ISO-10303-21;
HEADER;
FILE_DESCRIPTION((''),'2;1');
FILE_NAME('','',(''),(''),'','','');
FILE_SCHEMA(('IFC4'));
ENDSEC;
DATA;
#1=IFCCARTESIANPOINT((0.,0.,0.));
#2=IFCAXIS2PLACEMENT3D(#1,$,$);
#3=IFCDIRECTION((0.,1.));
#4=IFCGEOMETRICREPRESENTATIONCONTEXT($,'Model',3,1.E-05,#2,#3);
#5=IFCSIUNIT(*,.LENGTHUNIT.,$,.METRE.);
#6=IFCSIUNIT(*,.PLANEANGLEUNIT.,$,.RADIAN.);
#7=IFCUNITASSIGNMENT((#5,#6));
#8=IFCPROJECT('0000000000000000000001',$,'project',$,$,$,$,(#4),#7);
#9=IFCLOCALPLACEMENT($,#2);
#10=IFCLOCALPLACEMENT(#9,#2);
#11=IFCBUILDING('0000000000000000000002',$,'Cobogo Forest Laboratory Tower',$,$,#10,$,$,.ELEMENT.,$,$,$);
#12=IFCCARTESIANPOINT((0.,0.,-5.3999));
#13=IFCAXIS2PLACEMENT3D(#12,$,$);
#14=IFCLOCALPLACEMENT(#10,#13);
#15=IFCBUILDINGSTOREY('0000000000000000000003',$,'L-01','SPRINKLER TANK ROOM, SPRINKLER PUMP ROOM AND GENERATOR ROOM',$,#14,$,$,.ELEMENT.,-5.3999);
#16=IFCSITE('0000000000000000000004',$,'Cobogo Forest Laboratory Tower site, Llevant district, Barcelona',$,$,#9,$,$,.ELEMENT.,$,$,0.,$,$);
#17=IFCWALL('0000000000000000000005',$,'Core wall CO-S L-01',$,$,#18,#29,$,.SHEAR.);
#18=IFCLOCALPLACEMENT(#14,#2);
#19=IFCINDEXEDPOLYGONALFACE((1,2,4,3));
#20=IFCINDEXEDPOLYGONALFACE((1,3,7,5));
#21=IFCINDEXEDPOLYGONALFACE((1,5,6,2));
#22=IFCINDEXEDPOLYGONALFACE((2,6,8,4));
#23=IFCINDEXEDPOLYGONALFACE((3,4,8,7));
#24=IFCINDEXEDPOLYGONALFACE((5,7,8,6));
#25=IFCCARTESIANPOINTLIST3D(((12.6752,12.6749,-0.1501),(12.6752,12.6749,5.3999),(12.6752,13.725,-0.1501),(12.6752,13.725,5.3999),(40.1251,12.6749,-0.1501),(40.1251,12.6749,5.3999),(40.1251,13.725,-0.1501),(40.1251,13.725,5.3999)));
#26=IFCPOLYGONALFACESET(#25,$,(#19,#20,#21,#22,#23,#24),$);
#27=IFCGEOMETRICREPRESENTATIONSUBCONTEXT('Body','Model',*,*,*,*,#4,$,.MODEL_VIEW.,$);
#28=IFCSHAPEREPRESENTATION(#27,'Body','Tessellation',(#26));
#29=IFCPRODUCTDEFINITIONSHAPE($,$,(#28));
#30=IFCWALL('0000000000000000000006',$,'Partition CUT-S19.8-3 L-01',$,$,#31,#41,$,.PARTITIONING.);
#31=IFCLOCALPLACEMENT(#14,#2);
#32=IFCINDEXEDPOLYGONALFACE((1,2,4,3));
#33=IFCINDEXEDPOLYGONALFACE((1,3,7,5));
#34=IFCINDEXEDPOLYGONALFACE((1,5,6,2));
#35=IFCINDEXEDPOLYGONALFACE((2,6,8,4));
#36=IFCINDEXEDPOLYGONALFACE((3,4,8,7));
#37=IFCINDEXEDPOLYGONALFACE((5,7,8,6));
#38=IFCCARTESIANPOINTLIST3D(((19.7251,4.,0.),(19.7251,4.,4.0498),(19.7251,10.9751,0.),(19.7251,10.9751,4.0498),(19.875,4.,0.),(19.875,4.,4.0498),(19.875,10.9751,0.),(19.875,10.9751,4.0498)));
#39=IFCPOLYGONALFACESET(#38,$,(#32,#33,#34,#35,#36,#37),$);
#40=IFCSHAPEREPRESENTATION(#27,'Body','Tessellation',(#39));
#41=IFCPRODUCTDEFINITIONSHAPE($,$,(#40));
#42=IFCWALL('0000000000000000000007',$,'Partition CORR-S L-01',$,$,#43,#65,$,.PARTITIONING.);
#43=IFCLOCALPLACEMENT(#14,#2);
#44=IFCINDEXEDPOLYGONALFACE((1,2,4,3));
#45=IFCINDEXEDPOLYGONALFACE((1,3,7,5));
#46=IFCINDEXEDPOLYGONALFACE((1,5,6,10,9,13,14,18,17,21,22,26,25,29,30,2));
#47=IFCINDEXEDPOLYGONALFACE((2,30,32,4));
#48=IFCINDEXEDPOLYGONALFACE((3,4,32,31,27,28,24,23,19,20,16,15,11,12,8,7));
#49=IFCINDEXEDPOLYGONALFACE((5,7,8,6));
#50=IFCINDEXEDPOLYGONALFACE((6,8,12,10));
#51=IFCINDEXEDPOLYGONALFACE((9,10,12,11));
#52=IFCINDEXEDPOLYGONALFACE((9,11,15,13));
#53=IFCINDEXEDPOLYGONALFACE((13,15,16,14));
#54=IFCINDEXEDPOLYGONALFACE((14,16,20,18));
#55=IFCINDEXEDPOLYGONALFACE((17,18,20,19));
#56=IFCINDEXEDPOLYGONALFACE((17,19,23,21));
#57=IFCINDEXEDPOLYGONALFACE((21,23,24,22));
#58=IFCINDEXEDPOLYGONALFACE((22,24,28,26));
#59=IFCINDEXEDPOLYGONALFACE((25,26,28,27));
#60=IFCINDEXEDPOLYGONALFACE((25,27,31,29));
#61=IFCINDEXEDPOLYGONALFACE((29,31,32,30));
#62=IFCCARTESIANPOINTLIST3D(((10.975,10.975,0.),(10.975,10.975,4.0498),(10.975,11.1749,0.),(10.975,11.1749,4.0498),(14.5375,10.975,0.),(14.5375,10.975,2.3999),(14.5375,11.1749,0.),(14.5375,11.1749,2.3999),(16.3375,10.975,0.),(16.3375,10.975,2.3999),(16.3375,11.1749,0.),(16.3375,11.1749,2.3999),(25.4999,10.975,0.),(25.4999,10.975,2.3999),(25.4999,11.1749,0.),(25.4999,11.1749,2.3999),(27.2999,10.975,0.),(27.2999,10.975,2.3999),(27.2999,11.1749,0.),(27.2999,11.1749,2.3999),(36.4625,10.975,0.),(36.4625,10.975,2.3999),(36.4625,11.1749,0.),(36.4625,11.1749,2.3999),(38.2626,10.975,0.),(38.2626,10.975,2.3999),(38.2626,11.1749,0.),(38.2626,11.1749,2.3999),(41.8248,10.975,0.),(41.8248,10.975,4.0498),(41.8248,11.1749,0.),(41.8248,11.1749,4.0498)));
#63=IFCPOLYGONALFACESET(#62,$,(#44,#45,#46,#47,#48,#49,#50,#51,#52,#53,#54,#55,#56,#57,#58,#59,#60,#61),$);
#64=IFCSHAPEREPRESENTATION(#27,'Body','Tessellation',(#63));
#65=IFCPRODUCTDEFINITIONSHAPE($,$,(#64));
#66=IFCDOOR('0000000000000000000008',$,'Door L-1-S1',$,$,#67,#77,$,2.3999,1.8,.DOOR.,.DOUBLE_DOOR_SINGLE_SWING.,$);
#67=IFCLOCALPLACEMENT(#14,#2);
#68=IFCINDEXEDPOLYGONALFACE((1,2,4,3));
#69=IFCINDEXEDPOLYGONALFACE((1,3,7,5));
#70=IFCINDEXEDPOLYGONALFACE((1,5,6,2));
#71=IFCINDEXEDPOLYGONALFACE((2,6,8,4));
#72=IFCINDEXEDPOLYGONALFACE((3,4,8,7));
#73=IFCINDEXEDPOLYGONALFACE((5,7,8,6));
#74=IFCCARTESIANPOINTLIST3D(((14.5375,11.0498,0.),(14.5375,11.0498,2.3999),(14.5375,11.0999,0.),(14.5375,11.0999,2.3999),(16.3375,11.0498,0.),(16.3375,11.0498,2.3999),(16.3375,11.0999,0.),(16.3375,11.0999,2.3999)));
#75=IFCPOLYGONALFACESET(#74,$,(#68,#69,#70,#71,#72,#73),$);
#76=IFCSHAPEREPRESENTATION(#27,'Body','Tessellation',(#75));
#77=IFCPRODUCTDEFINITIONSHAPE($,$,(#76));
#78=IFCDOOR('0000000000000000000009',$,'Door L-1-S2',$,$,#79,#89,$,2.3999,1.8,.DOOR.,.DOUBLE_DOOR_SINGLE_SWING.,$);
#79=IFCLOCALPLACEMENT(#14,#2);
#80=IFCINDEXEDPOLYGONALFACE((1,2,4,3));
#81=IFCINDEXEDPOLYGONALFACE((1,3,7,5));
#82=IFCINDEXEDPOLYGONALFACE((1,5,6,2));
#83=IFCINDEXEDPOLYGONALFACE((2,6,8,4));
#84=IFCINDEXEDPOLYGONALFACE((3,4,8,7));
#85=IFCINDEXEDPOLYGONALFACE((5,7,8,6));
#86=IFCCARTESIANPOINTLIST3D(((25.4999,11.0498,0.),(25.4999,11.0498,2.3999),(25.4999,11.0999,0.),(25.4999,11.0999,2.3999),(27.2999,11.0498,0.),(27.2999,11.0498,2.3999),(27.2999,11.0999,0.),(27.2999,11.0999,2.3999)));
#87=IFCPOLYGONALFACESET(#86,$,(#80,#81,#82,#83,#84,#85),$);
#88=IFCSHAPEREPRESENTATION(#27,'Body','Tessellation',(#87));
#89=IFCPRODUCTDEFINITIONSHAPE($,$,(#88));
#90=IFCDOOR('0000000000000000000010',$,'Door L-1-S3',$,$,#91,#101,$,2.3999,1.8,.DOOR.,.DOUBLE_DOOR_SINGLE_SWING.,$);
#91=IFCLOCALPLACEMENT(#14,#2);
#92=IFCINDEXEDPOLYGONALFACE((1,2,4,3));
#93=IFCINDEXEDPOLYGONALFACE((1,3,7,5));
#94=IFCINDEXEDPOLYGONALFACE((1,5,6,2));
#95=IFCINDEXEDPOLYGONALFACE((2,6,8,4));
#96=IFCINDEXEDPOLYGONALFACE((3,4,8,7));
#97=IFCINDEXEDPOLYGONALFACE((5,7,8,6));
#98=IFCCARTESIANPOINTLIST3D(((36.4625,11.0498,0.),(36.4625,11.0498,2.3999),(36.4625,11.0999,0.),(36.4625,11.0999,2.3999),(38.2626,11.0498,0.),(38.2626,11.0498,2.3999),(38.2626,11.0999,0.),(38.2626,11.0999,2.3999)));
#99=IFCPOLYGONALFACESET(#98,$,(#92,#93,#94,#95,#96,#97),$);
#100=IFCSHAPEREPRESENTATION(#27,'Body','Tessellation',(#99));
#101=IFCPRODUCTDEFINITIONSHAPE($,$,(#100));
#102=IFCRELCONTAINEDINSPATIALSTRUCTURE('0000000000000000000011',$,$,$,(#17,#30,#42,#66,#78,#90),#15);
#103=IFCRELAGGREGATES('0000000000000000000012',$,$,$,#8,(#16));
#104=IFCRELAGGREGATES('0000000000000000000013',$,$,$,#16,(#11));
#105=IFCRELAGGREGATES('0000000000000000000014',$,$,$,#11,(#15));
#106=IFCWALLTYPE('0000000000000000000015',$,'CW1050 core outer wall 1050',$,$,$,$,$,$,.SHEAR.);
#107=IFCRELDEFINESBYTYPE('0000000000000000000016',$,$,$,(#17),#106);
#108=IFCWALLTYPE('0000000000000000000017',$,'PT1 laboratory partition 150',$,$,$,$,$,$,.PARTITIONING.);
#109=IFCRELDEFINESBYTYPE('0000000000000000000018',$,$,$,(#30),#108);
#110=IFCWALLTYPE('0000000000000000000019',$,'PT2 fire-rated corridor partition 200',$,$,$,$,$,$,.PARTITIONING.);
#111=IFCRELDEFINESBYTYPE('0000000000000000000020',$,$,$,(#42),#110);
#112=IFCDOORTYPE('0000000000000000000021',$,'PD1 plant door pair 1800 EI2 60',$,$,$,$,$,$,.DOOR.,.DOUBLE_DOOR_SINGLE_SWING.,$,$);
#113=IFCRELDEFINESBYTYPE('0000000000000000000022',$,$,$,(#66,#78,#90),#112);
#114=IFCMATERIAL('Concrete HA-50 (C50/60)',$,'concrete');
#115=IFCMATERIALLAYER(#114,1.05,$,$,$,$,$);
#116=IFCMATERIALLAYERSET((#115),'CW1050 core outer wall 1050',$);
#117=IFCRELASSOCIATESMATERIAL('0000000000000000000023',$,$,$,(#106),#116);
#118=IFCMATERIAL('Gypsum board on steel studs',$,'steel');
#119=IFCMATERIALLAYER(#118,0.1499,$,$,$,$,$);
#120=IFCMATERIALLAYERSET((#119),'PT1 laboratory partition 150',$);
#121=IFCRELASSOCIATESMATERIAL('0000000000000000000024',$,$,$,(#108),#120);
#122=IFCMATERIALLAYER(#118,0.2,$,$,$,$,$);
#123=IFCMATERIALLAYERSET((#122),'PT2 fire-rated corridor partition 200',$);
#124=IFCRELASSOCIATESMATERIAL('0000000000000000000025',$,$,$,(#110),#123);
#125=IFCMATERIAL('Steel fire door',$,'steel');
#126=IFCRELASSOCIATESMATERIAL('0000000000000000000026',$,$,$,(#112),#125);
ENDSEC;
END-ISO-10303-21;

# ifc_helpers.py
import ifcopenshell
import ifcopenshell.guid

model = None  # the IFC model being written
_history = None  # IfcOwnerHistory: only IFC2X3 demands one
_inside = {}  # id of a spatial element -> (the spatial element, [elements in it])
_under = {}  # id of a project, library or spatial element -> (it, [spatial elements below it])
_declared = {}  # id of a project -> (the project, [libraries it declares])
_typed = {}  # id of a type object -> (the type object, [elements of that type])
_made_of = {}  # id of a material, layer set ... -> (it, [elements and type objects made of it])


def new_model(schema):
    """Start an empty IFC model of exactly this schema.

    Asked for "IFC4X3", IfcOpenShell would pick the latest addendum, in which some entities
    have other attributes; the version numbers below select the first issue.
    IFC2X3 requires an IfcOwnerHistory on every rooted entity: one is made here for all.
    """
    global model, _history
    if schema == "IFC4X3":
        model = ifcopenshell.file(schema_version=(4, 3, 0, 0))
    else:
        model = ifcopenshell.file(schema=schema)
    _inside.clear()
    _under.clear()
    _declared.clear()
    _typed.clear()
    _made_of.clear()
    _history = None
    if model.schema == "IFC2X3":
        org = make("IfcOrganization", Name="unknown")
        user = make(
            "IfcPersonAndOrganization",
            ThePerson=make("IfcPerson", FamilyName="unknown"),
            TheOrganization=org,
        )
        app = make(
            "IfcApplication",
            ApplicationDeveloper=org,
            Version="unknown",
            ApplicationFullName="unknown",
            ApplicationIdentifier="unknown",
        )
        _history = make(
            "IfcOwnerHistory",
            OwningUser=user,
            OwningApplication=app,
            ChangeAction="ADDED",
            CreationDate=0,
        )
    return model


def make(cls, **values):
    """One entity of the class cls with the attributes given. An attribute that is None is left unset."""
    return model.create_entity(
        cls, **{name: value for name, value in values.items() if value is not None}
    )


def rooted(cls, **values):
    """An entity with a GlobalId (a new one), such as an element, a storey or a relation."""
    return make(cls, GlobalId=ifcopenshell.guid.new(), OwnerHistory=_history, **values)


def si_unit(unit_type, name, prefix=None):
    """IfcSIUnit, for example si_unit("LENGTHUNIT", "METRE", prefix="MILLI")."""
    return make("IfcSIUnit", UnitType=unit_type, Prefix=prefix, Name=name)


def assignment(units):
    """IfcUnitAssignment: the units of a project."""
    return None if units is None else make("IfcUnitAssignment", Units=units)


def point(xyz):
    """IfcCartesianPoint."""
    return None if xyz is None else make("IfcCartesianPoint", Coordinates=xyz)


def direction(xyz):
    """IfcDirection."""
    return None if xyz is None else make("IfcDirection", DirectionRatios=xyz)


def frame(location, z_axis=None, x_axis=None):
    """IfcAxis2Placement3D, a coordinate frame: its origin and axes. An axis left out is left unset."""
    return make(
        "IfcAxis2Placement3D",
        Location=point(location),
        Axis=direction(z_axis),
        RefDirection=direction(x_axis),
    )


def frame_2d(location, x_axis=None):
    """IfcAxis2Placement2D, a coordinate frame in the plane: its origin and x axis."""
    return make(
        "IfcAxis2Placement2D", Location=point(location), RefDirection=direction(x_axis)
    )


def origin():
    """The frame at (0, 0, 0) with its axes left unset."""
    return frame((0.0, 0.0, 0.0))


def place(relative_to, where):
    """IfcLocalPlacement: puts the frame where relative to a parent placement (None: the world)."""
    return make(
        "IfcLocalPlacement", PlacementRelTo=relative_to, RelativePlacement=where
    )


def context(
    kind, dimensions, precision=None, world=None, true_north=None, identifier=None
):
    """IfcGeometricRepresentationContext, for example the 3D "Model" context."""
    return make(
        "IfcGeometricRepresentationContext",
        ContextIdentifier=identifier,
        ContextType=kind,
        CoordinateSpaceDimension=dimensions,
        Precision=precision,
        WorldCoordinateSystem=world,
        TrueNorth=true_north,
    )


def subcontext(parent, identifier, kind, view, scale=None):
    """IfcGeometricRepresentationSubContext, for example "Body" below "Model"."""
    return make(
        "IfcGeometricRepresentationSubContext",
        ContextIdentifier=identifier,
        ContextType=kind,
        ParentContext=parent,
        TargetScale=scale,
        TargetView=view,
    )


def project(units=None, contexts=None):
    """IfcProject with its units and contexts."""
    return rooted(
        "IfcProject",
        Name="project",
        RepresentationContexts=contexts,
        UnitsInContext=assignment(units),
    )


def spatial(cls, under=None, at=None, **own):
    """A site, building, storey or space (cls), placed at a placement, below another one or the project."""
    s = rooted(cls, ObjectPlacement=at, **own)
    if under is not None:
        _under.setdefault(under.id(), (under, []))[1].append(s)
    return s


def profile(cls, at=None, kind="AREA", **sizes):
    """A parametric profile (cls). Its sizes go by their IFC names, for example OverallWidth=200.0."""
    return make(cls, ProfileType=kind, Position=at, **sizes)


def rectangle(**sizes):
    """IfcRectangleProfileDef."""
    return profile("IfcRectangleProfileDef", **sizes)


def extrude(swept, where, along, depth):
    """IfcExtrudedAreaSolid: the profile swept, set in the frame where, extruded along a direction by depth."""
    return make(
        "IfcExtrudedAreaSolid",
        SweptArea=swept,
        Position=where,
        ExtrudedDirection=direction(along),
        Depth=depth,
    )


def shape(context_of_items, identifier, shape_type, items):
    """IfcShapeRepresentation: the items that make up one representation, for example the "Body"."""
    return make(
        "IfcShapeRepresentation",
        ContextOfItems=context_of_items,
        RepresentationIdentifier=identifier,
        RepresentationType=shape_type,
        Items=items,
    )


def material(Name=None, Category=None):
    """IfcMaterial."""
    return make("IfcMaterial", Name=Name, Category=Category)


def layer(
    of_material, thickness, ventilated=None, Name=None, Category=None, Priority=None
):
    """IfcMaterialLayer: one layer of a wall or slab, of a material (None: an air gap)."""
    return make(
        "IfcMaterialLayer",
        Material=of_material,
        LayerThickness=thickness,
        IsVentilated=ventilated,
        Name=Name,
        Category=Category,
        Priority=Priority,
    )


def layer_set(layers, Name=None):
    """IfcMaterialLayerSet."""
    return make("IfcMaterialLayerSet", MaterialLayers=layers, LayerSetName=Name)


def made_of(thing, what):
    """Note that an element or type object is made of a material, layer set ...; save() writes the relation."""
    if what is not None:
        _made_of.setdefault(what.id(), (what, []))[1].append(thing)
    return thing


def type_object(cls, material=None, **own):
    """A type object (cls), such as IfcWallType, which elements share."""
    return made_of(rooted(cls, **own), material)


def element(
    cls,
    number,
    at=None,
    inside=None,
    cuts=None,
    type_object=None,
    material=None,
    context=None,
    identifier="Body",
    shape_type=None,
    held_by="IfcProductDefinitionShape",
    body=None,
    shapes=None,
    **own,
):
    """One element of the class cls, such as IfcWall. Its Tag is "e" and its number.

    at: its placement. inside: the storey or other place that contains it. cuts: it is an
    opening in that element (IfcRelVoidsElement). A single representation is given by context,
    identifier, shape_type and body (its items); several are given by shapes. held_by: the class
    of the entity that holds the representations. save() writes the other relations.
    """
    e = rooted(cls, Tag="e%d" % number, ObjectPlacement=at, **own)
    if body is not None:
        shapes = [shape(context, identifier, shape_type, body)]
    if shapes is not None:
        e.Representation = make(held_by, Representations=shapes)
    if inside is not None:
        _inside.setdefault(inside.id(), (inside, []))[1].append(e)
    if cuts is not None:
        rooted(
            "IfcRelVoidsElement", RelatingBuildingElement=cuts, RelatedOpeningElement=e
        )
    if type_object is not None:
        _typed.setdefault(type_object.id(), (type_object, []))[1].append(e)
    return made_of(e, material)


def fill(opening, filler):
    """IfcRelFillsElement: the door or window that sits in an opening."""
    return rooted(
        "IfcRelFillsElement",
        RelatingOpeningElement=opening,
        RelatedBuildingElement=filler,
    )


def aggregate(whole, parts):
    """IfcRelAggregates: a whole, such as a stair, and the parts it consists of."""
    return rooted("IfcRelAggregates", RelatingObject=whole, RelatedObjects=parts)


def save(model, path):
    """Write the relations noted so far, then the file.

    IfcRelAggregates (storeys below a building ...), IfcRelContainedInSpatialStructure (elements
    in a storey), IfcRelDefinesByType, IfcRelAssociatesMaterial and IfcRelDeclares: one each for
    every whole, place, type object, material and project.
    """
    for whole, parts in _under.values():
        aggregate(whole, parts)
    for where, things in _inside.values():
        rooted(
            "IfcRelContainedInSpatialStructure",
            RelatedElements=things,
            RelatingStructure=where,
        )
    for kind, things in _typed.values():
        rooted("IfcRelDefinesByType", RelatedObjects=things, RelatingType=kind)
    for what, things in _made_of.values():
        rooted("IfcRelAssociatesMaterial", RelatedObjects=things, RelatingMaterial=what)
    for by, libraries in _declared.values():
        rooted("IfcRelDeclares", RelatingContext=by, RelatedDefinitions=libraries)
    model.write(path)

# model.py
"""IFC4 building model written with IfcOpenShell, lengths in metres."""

from ifc_helpers import new_model, si_unit, direction, frame, frame_2d, origin, place, context, subcontext, project, spatial, rectangle, extrude, material, layer, layer_set, type_object, element, fill, save


model = new_model("IFC4")

# Units and contexts
model_context = context("Model", 3, precision=1e-05, world=origin(), true_north=direction((0.0, 1.0)))
body_context = subcontext(model_context, "Body", "Model", "MODEL_VIEW")
ifc_project = project(units=[si_unit("LENGTHUNIT", "METRE"), si_unit("PLANEANGLEUNIT", "RADIAN")], contexts=[model_context])

# Site, building, storey
site_placement = place(None, origin())
site = spatial("IfcSite", under=ifc_project, at=site_placement, Name="Cobogo Forest Laboratory Tower site, Llevant district, Barcelona", CompositionType="ELEMENT", RefElevation=0.0)
building_placement = place(site_placement, origin())
building = spatial("IfcBuilding", under=site, at=building_placement, Name="Cobogo Forest Laboratory Tower", CompositionType="ELEMENT")
storey_placement = place(building_placement, frame((0.0, 0.0, -5.3999)))
storey = spatial("IfcBuildingStorey", under=building, at=storey_placement, Name="L-01", Description="SPRINKLER TANK ROOM, SPRINKLER PUMP ROOM AND GENERATOR ROOM", CompositionType="ELEMENT", Elevation=-5.3999)

# Shared definitions
ifc_material_1 = material(Name="Concrete HA-50 (C50/60)", Category="concrete")

# Walls
ifc_layer_1 = layer(ifc_material_1, 1.05)
ifc_layer_set_1 = layer_set([ifc_layer_1], Name="CW1050 core outer wall 1050")
wall_type_1 = type_object("IfcWallType", Name="CW1050 core outer wall 1050", PredefinedType="SHEAR", material=ifc_layer_set_1)
wall_1_placement = place(storey_placement, frame((12.675, 13.2, -0.1501), z_axis=(0.0, 0.0, 1.0), x_axis=(1.0, 0.0, 0.0)))
element("IfcWall", 1, at=wall_1_placement, inside=storey, type_object=wall_type_1, Name="Core wall CO-S L-01", PredefinedType="SHEAR", context=body_context, shape_type="SweptSolid", body=[
    extrude(rectangle(XDim=27.45, YDim=1.05, at=frame_2d((13.7251, 0.0))), origin(), (0.0, 0.0, 1.0), 5.55),
])
ifc_material_2 = material(Name="Gypsum board on steel studs", Category="steel")
ifc_layer_2 = layer(ifc_material_2, 0.1499)
ifc_layer_set_2 = layer_set([ifc_layer_2], Name="PT1 laboratory partition 150")
wall_type_2 = type_object("IfcWallType", Name="PT1 laboratory partition 150", PredefinedType="PARTITIONING", material=ifc_layer_set_2)
wall_2_placement = place(storey_placement, frame((19.8, 4.0, 0.0), z_axis=(0.0, 0.0, 1.0), x_axis=(0.0, 1.0, 0.0)))
element("IfcWall", 2, at=wall_2_placement, inside=storey, type_object=wall_type_2, Name="Partition CUT-S19.8-3 L-01", PredefinedType="PARTITIONING", context=body_context, shape_type="SweptSolid", body=[
    extrude(rectangle(XDim=6.9751, YDim=0.1499, at=frame_2d((3.4875, 0.0))), origin(), (0.0, 0.0, 1.0), 4.0498),
])

# Wall, openings, doors
ifc_layer_3 = layer(ifc_material_2, 0.2)
ifc_layer_set_3 = layer_set([ifc_layer_3], Name="PT2 fire-rated corridor partition 200")
wall_type_3 = type_object("IfcWallType", Name="PT2 fire-rated corridor partition 200", PredefinedType="PARTITIONING", material=ifc_layer_set_3)
wall_3_placement = place(storey_placement, frame((10.9751, 11.075, 0.0), z_axis=(0.0, 0.0, 1.0), x_axis=(1.0, 0.0, 0.0)))
wall_3 = element("IfcWall", 3, at=wall_3_placement, inside=storey, type_object=wall_type_3, Name="Partition CORR-S L-01", PredefinedType="PARTITIONING", context=body_context, shape_type="SweptSolid", body=[
    extrude(rectangle(XDim=30.8499, YDim=0.2, at=frame_2d((15.4248, 0.0))), origin(), (0.0, 0.0, 1.0), 4.0498),
])
opening_1_placement = place(wall_3_placement, frame((3.5625, 0.0, 0.0)))
opening_1 = element("IfcOpeningElement", 4, at=opening_1_placement, cuts=wall_3, PredefinedType="OPENING", context=body_context, shape_type="SweptSolid", body=[
    extrude(rectangle(XDim=1.8, YDim=2.3999, at=frame_2d((0.8999, 1.2))), frame((0.0, 0.1099, 0.0), z_axis=(0.0, -1.0, 0.0), x_axis=(1.0, 0.0, 0.0)), (0.0, 0.0, 1.0), 0.22),
])
opening_2_placement = place(wall_3_placement, frame((14.5249, 0.0, 0.0)))
opening_2 = element("IfcOpeningElement", 5, at=opening_2_placement, cuts=wall_3, PredefinedType="OPENING", context=body_context, shape_type="SweptSolid", body=[
    extrude(rectangle(XDim=1.8, YDim=2.3999, at=frame_2d((0.8999, 1.2))), frame((0.0, 0.1099, 0.0), z_axis=(0.0, -1.0, 0.0), x_axis=(1.0, 0.0, 0.0)), (0.0, 0.0, 1.0), 0.22),
])
opening_3_placement = place(wall_3_placement, frame((25.4875, 0.0, 0.0)))
opening_3 = element("IfcOpeningElement", 6, at=opening_3_placement, cuts=wall_3, PredefinedType="OPENING", context=body_context, shape_type="SweptSolid", body=[
    extrude(rectangle(XDim=1.8, YDim=2.3999, at=frame_2d((0.8999, 1.2))), frame((0.0, 0.1099, 0.0), z_axis=(0.0, -1.0, 0.0), x_axis=(1.0, 0.0, 0.0)), (0.0, 0.0, 1.0), 0.22),
])
ifc_material_3 = material(Name="Steel fire door", Category="steel")
door_type_1 = type_object("IfcDoorType", Name="PD1 plant door pair 1800 EI2 60", OperationType="DOUBLE_DOOR_SINGLE_SWING", PredefinedType="DOOR", material=ifc_material_3)
door_1_placement = place(opening_1_placement, origin())
door_1 = element("IfcDoor", 7, at=door_1_placement, inside=storey, type_object=door_type_1, Name="Door L-1-S1", OperationType="DOUBLE_DOOR_SINGLE_SWING", OverallHeight=2.3999, OverallWidth=1.8, PredefinedType="DOOR", context=body_context, shape_type="SweptSolid", body=[
    extrude(rectangle(XDim=1.8, YDim=2.3999, at=frame_2d((0.8999, 1.2))), frame((0.0, 0.0249, 0.0), z_axis=(0.0, -1.0, 0.0), x_axis=(1.0, 0.0, 0.0)), (0.0, 0.0, 1.0), 0.05),
])
fill(opening_1, door_1)
door_2_placement = place(opening_2_placement, origin())
door_2 = element("IfcDoor", 8, at=door_2_placement, inside=storey, type_object=door_type_1, Name="Door L-1-S2", OperationType="DOUBLE_DOOR_SINGLE_SWING", OverallHeight=2.3999, OverallWidth=1.8, PredefinedType="DOOR", context=body_context, shape_type="SweptSolid", body=[
    extrude(rectangle(XDim=1.8, YDim=2.3999, at=frame_2d((0.8999, 1.2))), frame((0.0, 0.0249, 0.0), z_axis=(0.0, -1.0, 0.0), x_axis=(1.0, 0.0, 0.0)), (0.0, 0.0, 1.0), 0.05),
])
fill(opening_2, door_2)
door_3_placement = place(opening_3_placement, origin())
door_3 = element("IfcDoor", 9, at=door_3_placement, inside=storey, type_object=door_type_1, Name="Door L-1-S3", OperationType="DOUBLE_DOOR_SINGLE_SWING", OverallHeight=2.3999, OverallWidth=1.8, PredefinedType="DOOR", context=body_context, shape_type="SweptSolid", body=[
    extrude(rectangle(XDim=1.8, YDim=2.3999, at=frame_2d((0.8999, 1.2))), frame((0.0, 0.0249, 0.0), z_axis=(0.0, -1.0, 0.0), x_axis=(1.0, 0.0, 0.0)), (0.0, 0.0, 1.0), 0.05),
])
fill(opening_3, door_3)

save(model, "model.ifc")
